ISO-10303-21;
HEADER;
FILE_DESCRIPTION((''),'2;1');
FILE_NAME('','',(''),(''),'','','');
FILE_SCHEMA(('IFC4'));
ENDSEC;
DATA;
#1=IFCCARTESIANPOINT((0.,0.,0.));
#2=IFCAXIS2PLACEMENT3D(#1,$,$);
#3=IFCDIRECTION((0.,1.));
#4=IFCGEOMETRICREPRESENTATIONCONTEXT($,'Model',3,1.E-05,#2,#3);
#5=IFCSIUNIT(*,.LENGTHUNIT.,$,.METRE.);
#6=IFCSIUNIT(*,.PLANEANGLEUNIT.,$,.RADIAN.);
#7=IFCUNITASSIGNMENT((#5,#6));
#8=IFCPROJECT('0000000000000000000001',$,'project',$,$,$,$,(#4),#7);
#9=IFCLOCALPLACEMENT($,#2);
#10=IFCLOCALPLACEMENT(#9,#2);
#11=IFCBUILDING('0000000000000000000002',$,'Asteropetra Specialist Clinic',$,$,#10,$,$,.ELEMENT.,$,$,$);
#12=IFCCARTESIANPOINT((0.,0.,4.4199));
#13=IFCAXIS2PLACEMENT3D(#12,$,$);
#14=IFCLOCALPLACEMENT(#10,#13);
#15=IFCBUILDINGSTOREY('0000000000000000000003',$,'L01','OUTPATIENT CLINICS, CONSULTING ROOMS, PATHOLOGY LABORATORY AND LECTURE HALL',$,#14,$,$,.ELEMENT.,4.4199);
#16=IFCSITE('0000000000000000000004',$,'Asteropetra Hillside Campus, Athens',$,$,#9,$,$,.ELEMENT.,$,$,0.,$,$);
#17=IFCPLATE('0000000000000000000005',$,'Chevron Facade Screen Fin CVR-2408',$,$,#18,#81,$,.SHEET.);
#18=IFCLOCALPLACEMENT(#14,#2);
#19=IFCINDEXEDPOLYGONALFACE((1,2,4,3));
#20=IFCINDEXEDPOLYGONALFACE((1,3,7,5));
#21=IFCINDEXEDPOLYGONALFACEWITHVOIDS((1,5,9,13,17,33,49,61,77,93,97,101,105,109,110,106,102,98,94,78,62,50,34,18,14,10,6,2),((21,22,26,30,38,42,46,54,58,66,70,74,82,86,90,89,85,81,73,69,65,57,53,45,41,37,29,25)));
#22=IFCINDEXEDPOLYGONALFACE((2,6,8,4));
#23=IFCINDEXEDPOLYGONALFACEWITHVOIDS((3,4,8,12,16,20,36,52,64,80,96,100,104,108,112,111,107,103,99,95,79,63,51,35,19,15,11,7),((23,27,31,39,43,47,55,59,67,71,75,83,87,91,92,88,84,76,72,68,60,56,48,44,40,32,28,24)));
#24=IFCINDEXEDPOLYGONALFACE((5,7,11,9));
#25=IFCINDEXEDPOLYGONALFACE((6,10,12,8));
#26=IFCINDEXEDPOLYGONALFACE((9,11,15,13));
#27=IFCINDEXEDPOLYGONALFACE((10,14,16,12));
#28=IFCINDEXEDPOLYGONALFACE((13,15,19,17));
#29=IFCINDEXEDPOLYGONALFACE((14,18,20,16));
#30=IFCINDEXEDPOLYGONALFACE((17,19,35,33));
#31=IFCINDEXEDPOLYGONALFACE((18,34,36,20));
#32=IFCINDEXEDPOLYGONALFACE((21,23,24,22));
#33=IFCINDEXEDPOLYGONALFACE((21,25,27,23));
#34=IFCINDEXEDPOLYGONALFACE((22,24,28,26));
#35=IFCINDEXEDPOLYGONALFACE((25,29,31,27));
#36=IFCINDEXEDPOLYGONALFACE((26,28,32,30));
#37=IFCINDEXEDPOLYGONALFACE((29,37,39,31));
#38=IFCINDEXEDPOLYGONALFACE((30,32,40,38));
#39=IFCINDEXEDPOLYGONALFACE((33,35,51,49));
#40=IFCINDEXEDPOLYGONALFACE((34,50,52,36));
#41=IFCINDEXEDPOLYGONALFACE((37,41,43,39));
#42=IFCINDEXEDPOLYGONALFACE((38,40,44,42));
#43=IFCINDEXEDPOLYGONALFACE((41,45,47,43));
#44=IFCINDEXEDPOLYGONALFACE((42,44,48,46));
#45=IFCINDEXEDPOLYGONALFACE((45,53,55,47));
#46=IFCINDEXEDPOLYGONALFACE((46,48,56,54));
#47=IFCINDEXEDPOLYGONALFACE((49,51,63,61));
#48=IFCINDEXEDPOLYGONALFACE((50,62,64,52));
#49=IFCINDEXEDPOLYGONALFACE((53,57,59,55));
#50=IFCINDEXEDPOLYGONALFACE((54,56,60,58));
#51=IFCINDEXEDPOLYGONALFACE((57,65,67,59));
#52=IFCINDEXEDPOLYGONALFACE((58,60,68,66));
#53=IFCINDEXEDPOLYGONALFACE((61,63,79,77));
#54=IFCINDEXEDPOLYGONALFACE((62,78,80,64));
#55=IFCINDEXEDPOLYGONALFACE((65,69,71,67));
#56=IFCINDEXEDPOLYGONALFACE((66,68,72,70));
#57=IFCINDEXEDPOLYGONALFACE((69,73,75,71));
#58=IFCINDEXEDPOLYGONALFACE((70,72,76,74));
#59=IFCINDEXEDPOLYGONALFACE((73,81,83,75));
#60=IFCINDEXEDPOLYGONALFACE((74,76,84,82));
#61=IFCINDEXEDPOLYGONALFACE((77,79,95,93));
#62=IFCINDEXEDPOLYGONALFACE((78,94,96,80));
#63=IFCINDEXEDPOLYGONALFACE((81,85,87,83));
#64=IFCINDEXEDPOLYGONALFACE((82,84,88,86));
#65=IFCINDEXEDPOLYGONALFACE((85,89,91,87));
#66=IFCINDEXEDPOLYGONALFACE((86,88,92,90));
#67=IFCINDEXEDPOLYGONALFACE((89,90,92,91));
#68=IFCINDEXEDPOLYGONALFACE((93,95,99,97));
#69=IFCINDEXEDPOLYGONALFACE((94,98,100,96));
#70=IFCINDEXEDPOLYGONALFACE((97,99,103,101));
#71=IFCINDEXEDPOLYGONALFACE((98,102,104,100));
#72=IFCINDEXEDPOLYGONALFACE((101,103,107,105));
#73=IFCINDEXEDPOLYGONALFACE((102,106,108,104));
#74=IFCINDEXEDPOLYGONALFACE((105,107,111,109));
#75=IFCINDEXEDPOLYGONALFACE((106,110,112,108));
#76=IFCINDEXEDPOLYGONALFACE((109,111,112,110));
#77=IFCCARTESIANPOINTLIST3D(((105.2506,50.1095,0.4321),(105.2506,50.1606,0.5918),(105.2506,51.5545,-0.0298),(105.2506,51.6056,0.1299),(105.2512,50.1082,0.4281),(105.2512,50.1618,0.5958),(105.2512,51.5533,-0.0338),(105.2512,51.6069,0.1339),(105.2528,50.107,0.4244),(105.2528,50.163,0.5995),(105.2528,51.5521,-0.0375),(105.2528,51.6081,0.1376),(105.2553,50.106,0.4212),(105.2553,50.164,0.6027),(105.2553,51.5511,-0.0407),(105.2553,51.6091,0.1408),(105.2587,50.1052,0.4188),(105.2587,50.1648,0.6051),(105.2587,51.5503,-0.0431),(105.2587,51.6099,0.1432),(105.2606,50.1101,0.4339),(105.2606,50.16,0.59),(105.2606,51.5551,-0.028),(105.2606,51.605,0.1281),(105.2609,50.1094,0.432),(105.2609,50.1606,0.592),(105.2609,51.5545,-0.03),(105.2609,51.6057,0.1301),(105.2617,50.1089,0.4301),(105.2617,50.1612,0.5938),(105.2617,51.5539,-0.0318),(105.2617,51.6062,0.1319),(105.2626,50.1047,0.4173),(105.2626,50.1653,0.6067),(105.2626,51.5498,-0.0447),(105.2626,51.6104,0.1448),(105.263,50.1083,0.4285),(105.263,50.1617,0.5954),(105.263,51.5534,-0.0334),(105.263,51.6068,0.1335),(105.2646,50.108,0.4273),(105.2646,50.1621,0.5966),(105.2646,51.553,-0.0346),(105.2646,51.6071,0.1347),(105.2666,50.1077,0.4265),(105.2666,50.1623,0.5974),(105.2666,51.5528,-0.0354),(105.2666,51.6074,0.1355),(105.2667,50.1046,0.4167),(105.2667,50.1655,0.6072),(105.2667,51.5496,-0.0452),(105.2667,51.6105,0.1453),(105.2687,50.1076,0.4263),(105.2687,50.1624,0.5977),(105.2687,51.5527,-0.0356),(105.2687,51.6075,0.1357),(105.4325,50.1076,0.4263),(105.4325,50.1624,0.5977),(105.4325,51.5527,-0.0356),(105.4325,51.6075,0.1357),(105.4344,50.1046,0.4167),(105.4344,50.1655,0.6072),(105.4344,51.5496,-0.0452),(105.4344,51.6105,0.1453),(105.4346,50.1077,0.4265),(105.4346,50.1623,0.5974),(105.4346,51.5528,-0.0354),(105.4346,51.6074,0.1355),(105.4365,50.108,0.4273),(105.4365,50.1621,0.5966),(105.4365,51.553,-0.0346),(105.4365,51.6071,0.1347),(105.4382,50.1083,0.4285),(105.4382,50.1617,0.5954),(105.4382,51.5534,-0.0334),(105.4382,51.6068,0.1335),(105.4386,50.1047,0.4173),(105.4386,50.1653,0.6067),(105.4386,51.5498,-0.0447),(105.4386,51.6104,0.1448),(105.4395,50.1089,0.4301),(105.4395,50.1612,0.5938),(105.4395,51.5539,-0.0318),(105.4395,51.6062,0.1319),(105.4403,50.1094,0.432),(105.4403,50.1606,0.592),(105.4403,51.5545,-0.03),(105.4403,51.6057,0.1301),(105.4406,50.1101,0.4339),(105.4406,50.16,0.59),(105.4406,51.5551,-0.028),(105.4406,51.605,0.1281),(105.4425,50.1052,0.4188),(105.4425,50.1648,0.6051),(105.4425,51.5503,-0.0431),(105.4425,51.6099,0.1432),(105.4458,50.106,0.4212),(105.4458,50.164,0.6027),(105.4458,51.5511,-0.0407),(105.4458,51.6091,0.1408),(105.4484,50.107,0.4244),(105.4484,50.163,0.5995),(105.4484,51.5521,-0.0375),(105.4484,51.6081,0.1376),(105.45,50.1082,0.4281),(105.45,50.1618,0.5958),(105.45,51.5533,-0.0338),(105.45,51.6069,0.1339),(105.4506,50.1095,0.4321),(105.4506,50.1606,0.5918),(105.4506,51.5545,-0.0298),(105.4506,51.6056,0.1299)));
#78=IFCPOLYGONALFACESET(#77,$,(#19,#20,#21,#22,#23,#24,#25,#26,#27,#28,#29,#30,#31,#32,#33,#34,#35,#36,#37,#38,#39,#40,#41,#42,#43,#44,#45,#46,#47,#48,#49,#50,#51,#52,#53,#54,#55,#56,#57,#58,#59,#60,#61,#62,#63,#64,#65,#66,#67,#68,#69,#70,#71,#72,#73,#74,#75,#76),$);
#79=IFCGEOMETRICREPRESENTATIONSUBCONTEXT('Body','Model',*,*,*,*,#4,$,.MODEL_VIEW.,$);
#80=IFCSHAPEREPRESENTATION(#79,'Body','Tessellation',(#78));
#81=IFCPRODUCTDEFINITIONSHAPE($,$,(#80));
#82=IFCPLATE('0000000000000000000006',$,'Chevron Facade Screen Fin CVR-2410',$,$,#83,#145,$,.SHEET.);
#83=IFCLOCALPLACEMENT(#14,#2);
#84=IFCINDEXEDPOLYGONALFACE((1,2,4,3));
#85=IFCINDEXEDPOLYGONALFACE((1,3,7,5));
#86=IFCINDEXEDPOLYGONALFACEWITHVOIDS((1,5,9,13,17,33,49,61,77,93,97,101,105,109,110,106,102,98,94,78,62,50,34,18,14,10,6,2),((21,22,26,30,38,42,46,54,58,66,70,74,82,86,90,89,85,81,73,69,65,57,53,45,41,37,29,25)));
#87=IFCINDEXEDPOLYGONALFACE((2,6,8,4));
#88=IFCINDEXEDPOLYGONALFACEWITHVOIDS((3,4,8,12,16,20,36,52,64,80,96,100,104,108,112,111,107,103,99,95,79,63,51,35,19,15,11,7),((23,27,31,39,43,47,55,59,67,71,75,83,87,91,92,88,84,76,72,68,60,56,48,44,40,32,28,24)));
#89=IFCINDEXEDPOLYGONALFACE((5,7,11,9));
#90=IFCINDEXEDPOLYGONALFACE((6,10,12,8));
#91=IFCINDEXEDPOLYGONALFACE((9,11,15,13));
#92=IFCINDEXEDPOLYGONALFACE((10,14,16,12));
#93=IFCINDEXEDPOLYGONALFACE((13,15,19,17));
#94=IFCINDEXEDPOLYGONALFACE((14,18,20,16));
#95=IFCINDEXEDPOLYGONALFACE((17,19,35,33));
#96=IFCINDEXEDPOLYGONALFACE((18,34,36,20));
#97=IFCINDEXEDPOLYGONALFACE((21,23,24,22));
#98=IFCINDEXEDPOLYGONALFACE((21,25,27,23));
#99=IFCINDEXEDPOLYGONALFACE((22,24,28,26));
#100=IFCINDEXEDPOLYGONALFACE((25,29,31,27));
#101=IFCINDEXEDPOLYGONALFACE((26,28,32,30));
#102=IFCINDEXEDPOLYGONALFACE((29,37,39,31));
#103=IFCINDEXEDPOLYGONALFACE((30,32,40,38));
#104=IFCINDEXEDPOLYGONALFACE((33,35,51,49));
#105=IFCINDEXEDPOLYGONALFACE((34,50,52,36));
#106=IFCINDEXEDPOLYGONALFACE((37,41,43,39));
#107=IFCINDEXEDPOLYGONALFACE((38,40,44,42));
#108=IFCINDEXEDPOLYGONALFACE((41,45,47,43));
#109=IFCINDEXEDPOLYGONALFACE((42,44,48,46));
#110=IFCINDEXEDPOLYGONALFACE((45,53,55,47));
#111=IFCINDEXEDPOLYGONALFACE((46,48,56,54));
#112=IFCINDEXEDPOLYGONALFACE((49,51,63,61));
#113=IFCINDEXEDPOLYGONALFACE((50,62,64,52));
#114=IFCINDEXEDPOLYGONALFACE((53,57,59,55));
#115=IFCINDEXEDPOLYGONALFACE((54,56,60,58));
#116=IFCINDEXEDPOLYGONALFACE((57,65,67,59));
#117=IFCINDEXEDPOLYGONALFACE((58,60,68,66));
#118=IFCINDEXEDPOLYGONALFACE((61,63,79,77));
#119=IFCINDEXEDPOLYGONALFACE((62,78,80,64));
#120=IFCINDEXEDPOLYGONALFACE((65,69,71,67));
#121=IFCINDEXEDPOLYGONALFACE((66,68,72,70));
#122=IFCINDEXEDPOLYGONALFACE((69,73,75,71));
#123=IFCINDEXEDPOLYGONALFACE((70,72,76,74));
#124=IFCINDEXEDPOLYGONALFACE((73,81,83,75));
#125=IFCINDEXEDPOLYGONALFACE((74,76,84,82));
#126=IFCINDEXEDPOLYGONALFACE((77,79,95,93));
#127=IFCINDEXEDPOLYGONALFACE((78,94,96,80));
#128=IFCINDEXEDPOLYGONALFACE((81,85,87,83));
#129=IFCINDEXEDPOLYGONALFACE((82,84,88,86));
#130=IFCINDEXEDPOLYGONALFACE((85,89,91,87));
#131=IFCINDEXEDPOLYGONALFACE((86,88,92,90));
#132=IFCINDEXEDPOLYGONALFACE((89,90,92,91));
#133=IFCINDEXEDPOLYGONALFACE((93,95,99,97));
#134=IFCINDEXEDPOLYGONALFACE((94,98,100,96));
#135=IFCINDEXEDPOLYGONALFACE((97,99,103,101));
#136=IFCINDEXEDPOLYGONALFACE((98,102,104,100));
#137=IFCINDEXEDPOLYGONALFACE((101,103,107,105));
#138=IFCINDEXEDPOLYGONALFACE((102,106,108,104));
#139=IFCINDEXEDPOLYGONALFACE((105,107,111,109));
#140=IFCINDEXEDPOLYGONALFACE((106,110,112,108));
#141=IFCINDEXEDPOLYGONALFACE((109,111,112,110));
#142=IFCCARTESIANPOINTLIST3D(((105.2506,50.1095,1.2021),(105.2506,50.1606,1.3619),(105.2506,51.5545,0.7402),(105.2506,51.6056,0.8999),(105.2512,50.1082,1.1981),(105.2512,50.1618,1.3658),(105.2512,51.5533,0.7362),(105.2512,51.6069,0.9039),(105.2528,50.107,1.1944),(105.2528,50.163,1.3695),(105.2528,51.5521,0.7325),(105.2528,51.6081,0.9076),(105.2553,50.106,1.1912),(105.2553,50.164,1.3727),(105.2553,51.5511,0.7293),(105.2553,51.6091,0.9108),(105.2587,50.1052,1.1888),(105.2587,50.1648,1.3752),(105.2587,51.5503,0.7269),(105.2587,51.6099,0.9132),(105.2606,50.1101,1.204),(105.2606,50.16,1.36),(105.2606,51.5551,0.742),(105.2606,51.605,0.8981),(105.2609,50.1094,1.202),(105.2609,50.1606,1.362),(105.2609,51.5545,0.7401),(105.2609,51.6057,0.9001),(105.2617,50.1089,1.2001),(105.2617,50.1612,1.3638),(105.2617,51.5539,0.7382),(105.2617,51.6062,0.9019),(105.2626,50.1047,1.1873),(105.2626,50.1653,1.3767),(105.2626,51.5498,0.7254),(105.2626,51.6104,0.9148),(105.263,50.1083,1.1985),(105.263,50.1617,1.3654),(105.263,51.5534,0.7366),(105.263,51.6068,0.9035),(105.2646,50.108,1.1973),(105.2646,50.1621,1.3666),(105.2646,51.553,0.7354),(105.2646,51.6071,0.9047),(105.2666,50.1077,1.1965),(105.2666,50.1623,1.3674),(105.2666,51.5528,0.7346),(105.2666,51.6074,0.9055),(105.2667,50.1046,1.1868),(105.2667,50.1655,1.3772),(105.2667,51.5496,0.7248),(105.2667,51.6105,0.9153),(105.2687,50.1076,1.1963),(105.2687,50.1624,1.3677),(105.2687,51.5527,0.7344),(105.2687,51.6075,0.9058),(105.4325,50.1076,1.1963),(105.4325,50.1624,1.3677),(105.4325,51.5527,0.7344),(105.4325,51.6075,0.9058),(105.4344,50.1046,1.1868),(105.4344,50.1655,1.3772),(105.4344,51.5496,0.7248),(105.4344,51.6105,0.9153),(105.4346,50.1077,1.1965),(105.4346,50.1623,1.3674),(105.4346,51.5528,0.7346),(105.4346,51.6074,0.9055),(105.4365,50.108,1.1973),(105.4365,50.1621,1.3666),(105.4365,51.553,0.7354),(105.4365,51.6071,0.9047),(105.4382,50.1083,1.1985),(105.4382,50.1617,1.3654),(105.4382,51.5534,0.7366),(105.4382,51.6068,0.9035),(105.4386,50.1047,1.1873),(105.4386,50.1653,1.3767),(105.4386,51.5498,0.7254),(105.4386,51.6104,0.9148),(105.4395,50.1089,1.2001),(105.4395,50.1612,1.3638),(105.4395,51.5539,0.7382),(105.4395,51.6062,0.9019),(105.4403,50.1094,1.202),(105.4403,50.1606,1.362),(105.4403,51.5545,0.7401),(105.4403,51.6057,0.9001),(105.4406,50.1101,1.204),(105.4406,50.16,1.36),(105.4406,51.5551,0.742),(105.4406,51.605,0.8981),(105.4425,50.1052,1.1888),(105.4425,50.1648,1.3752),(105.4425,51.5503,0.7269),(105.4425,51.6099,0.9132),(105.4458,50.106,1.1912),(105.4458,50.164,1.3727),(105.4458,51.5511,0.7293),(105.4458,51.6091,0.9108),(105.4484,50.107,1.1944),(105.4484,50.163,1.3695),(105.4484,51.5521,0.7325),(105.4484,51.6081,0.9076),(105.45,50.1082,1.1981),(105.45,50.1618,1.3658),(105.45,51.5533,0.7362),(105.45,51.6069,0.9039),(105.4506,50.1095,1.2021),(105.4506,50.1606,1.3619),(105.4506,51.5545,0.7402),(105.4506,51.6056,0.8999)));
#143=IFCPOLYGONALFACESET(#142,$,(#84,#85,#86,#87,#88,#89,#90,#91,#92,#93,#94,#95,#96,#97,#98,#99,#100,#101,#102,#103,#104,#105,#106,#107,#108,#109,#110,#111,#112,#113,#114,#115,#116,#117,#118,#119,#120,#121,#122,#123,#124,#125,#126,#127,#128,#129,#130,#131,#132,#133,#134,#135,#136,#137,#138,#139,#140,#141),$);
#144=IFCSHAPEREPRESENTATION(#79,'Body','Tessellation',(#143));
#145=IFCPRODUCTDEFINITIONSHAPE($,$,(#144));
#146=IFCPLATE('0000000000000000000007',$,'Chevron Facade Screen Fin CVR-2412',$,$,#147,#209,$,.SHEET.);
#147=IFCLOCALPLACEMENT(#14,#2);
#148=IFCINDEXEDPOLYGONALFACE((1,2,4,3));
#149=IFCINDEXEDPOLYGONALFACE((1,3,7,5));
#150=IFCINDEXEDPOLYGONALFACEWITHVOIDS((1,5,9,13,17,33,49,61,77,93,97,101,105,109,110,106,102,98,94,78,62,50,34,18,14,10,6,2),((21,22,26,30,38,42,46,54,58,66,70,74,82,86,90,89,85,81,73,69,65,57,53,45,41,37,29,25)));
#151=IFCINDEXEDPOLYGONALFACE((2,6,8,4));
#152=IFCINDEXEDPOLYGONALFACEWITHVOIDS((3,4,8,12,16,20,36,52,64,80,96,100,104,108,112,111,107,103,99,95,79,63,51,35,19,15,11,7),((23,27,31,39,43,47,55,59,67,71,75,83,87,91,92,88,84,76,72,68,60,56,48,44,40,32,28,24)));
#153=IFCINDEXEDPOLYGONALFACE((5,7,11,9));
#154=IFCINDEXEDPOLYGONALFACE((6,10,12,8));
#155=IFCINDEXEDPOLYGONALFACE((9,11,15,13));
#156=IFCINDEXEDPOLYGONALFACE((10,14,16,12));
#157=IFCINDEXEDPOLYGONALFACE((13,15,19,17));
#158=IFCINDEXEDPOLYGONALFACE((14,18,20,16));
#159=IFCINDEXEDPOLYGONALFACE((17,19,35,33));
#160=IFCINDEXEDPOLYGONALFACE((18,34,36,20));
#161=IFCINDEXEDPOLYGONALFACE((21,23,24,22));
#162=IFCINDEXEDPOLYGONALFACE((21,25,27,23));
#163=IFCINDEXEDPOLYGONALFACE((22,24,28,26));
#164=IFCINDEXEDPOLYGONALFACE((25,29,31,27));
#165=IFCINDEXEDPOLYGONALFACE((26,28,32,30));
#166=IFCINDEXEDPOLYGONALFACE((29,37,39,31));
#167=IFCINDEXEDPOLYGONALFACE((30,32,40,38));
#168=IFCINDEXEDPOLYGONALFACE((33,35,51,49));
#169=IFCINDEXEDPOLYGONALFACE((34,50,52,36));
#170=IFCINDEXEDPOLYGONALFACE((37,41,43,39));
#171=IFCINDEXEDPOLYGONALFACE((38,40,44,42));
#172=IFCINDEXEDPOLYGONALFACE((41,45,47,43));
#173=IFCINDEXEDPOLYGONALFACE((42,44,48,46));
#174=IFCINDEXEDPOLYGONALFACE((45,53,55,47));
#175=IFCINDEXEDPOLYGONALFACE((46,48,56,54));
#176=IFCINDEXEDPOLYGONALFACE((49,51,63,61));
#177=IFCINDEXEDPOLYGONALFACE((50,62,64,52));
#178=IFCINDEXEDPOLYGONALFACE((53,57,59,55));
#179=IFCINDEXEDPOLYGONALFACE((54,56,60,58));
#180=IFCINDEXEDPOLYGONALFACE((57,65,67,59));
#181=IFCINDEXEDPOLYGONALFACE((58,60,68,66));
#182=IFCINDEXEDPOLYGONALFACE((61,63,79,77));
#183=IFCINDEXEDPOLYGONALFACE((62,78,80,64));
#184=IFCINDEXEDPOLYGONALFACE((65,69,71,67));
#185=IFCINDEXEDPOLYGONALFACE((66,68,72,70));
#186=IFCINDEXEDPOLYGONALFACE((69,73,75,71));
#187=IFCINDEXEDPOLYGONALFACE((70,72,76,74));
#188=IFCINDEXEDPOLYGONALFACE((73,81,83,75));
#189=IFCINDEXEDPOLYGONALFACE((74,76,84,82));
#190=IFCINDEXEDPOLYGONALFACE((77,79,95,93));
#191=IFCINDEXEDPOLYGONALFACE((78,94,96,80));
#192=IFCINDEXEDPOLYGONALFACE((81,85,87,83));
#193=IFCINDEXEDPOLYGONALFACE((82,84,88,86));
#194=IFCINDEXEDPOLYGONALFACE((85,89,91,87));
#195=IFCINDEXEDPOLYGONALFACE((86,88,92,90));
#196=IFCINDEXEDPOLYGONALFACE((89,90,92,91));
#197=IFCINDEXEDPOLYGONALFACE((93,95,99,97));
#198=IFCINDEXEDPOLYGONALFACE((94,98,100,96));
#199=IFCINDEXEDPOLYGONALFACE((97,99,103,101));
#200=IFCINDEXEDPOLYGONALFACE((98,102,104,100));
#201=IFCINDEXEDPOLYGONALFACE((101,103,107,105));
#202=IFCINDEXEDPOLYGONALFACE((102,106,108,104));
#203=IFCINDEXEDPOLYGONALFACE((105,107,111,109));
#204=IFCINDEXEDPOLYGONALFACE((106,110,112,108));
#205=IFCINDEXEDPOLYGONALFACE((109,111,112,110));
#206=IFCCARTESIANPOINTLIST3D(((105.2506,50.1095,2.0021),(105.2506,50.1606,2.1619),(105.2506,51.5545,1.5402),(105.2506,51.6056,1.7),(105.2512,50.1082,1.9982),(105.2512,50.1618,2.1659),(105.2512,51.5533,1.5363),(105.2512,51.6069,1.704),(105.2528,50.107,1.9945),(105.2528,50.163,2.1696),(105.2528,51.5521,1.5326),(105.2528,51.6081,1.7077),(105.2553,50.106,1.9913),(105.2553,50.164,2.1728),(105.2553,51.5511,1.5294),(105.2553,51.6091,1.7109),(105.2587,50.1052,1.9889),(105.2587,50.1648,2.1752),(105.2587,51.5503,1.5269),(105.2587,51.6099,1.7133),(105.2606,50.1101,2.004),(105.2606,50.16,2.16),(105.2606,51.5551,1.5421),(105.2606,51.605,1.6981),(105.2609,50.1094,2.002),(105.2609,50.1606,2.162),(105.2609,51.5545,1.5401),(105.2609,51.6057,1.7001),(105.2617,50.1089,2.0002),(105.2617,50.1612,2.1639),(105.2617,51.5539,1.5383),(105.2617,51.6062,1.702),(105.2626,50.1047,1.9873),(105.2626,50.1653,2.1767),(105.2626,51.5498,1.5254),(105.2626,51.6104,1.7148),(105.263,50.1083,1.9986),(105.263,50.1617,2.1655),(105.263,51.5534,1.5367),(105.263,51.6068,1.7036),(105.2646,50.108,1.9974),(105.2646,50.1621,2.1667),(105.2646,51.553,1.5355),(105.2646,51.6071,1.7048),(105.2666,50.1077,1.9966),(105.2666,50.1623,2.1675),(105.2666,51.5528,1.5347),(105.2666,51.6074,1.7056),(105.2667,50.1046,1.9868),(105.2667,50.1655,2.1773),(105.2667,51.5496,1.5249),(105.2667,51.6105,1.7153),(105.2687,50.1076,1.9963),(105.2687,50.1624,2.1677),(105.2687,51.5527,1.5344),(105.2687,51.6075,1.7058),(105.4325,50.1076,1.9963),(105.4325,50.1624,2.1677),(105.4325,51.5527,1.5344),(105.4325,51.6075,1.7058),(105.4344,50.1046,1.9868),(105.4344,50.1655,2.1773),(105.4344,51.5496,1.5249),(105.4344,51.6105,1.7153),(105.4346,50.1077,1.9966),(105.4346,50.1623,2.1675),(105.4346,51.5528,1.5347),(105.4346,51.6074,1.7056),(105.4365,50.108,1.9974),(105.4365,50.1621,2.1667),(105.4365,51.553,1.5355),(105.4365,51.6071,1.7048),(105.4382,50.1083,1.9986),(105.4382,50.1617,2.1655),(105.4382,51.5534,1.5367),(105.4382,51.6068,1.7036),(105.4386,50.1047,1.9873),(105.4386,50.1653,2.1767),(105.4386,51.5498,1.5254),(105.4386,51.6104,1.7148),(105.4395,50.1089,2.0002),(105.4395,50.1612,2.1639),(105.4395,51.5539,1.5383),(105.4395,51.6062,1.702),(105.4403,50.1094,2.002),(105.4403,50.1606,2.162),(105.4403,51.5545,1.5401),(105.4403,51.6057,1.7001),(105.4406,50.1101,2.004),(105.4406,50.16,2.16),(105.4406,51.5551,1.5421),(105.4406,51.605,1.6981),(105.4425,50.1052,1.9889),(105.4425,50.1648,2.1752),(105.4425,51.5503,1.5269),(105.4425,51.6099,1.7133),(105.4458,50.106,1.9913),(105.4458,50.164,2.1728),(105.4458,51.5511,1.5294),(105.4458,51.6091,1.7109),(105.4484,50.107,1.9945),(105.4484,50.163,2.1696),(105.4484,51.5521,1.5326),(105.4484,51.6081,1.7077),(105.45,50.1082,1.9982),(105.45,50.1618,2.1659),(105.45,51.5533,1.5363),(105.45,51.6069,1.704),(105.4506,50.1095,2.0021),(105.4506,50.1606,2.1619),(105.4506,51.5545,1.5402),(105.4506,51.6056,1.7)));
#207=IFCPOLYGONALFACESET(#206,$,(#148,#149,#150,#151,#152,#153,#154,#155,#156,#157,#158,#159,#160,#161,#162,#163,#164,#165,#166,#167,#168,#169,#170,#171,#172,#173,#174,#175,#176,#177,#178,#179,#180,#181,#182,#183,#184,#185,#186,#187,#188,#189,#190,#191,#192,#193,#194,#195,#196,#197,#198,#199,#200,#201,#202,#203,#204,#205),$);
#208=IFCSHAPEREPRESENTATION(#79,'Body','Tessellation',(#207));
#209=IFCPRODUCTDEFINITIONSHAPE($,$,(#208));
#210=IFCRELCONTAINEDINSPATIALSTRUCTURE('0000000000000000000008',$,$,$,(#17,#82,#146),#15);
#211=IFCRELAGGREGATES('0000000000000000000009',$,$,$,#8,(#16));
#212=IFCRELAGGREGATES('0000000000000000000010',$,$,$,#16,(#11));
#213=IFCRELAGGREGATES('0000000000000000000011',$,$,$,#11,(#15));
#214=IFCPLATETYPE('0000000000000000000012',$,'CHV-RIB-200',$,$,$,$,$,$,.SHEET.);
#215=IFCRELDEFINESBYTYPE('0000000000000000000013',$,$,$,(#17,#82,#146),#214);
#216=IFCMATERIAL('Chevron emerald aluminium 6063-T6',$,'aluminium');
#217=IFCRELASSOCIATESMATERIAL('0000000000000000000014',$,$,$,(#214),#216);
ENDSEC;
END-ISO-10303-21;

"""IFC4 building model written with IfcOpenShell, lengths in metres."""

from ifc_helpers import new_model, si_unit, direction, frame, origin, origin_2d, place, context, subcontext, project, spatial, hollow_rectangle, extrude, material, material_profile, profile_set, type_object, element, save


model = new_model("IFC4")

# Units and contexts
model_context = context("Model", 3, precision=1e-05, world=origin(), true_north=direction((0.0, 1.0)))
body_context = subcontext(model_context, "Body", "Model", "MODEL_VIEW")
ifc_project = project(units=[si_unit("LENGTHUNIT", "METRE"), si_unit("PLANEANGLEUNIT", "RADIAN")], contexts=[model_context])

# Site, building, storey
site_placement = place(None, origin())
site = spatial("IfcSite", under=ifc_project, at=site_placement, Name="Asteropetra Hillside Campus, Athens", CompositionType="ELEMENT", RefElevation=0.0)
building_placement = place(site_placement, origin())
building = spatial("IfcBuilding", under=site, at=building_placement, Name="Asteropetra Specialist Clinic", CompositionType="ELEMENT")
storey_placement = place(building_placement, frame((0.0, 0.0, 4.4199)))
storey = spatial("IfcBuildingStorey", under=building, at=storey_placement, Name="L01", Description="OUTPATIENT CLINICS, CONSULTING ROOMS, PATHOLOGY LABORATORY AND LECTURE HALL", CompositionType="ELEMENT", Elevation=4.4199)

# Plates
ifc_material_1 = material(Name="Chevron emerald aluminium 6063-T6", Category="aluminium")
ifc_material_profile = material_profile(ifc_material_1, hollow_rectangle(XDim=0.2, YDim=0.2, WallThickness=0.01, InnerFilletRadius=0.0081, OuterFilletRadius=0.0161, at=origin_2d()), Name="SHS 200x200x10.0")
ifc_profile_set = profile_set([ifc_material_profile], Name="Chevron emerald aluminium 6063-T6")
plate_type = type_object("IfcPlateType", Name="CHV-RIB-200", PredefinedType="SHEET", material=ifc_profile_set)
for number, where, z_axis, x_axis, name in (
    (1, (105.3506, 51.5801, 0.05), (0.0, -0.952521, 0.304472), (1.0, 0.0, 0.0), "Chevron Facade Screen Fin CVR-2408"),
    (2, (105.3506, 51.5801, 0.8201), (0.0, -0.952521, 0.304472), (1.0, 0.0, 0.0), "Chevron Facade Screen Fin CVR-2410"),
    (3, (105.3506, 51.5801, 1.6201), (0.0, -0.952521, 0.304472), (1.0, 0.0, 0.0), "Chevron Facade Screen Fin CVR-2412"),
):
    element("IfcPlate", number, at=place(storey_placement, frame(where, z_axis=z_axis, x_axis=x_axis)), inside=storey, type_object=plate_type, Name=name, PredefinedType="SHEET", context=body_context, shape_type="SweptSolid", body=[
        extrude(hollow_rectangle(XDim=0.2, YDim=0.2, WallThickness=0.01, InnerFilletRadius=0.0081, OuterFilletRadius=0.0161, at=origin_2d()), origin(), (0.0, 0.0, 1.0), 1.5171),
    ])

save(model, "model.ifc")
